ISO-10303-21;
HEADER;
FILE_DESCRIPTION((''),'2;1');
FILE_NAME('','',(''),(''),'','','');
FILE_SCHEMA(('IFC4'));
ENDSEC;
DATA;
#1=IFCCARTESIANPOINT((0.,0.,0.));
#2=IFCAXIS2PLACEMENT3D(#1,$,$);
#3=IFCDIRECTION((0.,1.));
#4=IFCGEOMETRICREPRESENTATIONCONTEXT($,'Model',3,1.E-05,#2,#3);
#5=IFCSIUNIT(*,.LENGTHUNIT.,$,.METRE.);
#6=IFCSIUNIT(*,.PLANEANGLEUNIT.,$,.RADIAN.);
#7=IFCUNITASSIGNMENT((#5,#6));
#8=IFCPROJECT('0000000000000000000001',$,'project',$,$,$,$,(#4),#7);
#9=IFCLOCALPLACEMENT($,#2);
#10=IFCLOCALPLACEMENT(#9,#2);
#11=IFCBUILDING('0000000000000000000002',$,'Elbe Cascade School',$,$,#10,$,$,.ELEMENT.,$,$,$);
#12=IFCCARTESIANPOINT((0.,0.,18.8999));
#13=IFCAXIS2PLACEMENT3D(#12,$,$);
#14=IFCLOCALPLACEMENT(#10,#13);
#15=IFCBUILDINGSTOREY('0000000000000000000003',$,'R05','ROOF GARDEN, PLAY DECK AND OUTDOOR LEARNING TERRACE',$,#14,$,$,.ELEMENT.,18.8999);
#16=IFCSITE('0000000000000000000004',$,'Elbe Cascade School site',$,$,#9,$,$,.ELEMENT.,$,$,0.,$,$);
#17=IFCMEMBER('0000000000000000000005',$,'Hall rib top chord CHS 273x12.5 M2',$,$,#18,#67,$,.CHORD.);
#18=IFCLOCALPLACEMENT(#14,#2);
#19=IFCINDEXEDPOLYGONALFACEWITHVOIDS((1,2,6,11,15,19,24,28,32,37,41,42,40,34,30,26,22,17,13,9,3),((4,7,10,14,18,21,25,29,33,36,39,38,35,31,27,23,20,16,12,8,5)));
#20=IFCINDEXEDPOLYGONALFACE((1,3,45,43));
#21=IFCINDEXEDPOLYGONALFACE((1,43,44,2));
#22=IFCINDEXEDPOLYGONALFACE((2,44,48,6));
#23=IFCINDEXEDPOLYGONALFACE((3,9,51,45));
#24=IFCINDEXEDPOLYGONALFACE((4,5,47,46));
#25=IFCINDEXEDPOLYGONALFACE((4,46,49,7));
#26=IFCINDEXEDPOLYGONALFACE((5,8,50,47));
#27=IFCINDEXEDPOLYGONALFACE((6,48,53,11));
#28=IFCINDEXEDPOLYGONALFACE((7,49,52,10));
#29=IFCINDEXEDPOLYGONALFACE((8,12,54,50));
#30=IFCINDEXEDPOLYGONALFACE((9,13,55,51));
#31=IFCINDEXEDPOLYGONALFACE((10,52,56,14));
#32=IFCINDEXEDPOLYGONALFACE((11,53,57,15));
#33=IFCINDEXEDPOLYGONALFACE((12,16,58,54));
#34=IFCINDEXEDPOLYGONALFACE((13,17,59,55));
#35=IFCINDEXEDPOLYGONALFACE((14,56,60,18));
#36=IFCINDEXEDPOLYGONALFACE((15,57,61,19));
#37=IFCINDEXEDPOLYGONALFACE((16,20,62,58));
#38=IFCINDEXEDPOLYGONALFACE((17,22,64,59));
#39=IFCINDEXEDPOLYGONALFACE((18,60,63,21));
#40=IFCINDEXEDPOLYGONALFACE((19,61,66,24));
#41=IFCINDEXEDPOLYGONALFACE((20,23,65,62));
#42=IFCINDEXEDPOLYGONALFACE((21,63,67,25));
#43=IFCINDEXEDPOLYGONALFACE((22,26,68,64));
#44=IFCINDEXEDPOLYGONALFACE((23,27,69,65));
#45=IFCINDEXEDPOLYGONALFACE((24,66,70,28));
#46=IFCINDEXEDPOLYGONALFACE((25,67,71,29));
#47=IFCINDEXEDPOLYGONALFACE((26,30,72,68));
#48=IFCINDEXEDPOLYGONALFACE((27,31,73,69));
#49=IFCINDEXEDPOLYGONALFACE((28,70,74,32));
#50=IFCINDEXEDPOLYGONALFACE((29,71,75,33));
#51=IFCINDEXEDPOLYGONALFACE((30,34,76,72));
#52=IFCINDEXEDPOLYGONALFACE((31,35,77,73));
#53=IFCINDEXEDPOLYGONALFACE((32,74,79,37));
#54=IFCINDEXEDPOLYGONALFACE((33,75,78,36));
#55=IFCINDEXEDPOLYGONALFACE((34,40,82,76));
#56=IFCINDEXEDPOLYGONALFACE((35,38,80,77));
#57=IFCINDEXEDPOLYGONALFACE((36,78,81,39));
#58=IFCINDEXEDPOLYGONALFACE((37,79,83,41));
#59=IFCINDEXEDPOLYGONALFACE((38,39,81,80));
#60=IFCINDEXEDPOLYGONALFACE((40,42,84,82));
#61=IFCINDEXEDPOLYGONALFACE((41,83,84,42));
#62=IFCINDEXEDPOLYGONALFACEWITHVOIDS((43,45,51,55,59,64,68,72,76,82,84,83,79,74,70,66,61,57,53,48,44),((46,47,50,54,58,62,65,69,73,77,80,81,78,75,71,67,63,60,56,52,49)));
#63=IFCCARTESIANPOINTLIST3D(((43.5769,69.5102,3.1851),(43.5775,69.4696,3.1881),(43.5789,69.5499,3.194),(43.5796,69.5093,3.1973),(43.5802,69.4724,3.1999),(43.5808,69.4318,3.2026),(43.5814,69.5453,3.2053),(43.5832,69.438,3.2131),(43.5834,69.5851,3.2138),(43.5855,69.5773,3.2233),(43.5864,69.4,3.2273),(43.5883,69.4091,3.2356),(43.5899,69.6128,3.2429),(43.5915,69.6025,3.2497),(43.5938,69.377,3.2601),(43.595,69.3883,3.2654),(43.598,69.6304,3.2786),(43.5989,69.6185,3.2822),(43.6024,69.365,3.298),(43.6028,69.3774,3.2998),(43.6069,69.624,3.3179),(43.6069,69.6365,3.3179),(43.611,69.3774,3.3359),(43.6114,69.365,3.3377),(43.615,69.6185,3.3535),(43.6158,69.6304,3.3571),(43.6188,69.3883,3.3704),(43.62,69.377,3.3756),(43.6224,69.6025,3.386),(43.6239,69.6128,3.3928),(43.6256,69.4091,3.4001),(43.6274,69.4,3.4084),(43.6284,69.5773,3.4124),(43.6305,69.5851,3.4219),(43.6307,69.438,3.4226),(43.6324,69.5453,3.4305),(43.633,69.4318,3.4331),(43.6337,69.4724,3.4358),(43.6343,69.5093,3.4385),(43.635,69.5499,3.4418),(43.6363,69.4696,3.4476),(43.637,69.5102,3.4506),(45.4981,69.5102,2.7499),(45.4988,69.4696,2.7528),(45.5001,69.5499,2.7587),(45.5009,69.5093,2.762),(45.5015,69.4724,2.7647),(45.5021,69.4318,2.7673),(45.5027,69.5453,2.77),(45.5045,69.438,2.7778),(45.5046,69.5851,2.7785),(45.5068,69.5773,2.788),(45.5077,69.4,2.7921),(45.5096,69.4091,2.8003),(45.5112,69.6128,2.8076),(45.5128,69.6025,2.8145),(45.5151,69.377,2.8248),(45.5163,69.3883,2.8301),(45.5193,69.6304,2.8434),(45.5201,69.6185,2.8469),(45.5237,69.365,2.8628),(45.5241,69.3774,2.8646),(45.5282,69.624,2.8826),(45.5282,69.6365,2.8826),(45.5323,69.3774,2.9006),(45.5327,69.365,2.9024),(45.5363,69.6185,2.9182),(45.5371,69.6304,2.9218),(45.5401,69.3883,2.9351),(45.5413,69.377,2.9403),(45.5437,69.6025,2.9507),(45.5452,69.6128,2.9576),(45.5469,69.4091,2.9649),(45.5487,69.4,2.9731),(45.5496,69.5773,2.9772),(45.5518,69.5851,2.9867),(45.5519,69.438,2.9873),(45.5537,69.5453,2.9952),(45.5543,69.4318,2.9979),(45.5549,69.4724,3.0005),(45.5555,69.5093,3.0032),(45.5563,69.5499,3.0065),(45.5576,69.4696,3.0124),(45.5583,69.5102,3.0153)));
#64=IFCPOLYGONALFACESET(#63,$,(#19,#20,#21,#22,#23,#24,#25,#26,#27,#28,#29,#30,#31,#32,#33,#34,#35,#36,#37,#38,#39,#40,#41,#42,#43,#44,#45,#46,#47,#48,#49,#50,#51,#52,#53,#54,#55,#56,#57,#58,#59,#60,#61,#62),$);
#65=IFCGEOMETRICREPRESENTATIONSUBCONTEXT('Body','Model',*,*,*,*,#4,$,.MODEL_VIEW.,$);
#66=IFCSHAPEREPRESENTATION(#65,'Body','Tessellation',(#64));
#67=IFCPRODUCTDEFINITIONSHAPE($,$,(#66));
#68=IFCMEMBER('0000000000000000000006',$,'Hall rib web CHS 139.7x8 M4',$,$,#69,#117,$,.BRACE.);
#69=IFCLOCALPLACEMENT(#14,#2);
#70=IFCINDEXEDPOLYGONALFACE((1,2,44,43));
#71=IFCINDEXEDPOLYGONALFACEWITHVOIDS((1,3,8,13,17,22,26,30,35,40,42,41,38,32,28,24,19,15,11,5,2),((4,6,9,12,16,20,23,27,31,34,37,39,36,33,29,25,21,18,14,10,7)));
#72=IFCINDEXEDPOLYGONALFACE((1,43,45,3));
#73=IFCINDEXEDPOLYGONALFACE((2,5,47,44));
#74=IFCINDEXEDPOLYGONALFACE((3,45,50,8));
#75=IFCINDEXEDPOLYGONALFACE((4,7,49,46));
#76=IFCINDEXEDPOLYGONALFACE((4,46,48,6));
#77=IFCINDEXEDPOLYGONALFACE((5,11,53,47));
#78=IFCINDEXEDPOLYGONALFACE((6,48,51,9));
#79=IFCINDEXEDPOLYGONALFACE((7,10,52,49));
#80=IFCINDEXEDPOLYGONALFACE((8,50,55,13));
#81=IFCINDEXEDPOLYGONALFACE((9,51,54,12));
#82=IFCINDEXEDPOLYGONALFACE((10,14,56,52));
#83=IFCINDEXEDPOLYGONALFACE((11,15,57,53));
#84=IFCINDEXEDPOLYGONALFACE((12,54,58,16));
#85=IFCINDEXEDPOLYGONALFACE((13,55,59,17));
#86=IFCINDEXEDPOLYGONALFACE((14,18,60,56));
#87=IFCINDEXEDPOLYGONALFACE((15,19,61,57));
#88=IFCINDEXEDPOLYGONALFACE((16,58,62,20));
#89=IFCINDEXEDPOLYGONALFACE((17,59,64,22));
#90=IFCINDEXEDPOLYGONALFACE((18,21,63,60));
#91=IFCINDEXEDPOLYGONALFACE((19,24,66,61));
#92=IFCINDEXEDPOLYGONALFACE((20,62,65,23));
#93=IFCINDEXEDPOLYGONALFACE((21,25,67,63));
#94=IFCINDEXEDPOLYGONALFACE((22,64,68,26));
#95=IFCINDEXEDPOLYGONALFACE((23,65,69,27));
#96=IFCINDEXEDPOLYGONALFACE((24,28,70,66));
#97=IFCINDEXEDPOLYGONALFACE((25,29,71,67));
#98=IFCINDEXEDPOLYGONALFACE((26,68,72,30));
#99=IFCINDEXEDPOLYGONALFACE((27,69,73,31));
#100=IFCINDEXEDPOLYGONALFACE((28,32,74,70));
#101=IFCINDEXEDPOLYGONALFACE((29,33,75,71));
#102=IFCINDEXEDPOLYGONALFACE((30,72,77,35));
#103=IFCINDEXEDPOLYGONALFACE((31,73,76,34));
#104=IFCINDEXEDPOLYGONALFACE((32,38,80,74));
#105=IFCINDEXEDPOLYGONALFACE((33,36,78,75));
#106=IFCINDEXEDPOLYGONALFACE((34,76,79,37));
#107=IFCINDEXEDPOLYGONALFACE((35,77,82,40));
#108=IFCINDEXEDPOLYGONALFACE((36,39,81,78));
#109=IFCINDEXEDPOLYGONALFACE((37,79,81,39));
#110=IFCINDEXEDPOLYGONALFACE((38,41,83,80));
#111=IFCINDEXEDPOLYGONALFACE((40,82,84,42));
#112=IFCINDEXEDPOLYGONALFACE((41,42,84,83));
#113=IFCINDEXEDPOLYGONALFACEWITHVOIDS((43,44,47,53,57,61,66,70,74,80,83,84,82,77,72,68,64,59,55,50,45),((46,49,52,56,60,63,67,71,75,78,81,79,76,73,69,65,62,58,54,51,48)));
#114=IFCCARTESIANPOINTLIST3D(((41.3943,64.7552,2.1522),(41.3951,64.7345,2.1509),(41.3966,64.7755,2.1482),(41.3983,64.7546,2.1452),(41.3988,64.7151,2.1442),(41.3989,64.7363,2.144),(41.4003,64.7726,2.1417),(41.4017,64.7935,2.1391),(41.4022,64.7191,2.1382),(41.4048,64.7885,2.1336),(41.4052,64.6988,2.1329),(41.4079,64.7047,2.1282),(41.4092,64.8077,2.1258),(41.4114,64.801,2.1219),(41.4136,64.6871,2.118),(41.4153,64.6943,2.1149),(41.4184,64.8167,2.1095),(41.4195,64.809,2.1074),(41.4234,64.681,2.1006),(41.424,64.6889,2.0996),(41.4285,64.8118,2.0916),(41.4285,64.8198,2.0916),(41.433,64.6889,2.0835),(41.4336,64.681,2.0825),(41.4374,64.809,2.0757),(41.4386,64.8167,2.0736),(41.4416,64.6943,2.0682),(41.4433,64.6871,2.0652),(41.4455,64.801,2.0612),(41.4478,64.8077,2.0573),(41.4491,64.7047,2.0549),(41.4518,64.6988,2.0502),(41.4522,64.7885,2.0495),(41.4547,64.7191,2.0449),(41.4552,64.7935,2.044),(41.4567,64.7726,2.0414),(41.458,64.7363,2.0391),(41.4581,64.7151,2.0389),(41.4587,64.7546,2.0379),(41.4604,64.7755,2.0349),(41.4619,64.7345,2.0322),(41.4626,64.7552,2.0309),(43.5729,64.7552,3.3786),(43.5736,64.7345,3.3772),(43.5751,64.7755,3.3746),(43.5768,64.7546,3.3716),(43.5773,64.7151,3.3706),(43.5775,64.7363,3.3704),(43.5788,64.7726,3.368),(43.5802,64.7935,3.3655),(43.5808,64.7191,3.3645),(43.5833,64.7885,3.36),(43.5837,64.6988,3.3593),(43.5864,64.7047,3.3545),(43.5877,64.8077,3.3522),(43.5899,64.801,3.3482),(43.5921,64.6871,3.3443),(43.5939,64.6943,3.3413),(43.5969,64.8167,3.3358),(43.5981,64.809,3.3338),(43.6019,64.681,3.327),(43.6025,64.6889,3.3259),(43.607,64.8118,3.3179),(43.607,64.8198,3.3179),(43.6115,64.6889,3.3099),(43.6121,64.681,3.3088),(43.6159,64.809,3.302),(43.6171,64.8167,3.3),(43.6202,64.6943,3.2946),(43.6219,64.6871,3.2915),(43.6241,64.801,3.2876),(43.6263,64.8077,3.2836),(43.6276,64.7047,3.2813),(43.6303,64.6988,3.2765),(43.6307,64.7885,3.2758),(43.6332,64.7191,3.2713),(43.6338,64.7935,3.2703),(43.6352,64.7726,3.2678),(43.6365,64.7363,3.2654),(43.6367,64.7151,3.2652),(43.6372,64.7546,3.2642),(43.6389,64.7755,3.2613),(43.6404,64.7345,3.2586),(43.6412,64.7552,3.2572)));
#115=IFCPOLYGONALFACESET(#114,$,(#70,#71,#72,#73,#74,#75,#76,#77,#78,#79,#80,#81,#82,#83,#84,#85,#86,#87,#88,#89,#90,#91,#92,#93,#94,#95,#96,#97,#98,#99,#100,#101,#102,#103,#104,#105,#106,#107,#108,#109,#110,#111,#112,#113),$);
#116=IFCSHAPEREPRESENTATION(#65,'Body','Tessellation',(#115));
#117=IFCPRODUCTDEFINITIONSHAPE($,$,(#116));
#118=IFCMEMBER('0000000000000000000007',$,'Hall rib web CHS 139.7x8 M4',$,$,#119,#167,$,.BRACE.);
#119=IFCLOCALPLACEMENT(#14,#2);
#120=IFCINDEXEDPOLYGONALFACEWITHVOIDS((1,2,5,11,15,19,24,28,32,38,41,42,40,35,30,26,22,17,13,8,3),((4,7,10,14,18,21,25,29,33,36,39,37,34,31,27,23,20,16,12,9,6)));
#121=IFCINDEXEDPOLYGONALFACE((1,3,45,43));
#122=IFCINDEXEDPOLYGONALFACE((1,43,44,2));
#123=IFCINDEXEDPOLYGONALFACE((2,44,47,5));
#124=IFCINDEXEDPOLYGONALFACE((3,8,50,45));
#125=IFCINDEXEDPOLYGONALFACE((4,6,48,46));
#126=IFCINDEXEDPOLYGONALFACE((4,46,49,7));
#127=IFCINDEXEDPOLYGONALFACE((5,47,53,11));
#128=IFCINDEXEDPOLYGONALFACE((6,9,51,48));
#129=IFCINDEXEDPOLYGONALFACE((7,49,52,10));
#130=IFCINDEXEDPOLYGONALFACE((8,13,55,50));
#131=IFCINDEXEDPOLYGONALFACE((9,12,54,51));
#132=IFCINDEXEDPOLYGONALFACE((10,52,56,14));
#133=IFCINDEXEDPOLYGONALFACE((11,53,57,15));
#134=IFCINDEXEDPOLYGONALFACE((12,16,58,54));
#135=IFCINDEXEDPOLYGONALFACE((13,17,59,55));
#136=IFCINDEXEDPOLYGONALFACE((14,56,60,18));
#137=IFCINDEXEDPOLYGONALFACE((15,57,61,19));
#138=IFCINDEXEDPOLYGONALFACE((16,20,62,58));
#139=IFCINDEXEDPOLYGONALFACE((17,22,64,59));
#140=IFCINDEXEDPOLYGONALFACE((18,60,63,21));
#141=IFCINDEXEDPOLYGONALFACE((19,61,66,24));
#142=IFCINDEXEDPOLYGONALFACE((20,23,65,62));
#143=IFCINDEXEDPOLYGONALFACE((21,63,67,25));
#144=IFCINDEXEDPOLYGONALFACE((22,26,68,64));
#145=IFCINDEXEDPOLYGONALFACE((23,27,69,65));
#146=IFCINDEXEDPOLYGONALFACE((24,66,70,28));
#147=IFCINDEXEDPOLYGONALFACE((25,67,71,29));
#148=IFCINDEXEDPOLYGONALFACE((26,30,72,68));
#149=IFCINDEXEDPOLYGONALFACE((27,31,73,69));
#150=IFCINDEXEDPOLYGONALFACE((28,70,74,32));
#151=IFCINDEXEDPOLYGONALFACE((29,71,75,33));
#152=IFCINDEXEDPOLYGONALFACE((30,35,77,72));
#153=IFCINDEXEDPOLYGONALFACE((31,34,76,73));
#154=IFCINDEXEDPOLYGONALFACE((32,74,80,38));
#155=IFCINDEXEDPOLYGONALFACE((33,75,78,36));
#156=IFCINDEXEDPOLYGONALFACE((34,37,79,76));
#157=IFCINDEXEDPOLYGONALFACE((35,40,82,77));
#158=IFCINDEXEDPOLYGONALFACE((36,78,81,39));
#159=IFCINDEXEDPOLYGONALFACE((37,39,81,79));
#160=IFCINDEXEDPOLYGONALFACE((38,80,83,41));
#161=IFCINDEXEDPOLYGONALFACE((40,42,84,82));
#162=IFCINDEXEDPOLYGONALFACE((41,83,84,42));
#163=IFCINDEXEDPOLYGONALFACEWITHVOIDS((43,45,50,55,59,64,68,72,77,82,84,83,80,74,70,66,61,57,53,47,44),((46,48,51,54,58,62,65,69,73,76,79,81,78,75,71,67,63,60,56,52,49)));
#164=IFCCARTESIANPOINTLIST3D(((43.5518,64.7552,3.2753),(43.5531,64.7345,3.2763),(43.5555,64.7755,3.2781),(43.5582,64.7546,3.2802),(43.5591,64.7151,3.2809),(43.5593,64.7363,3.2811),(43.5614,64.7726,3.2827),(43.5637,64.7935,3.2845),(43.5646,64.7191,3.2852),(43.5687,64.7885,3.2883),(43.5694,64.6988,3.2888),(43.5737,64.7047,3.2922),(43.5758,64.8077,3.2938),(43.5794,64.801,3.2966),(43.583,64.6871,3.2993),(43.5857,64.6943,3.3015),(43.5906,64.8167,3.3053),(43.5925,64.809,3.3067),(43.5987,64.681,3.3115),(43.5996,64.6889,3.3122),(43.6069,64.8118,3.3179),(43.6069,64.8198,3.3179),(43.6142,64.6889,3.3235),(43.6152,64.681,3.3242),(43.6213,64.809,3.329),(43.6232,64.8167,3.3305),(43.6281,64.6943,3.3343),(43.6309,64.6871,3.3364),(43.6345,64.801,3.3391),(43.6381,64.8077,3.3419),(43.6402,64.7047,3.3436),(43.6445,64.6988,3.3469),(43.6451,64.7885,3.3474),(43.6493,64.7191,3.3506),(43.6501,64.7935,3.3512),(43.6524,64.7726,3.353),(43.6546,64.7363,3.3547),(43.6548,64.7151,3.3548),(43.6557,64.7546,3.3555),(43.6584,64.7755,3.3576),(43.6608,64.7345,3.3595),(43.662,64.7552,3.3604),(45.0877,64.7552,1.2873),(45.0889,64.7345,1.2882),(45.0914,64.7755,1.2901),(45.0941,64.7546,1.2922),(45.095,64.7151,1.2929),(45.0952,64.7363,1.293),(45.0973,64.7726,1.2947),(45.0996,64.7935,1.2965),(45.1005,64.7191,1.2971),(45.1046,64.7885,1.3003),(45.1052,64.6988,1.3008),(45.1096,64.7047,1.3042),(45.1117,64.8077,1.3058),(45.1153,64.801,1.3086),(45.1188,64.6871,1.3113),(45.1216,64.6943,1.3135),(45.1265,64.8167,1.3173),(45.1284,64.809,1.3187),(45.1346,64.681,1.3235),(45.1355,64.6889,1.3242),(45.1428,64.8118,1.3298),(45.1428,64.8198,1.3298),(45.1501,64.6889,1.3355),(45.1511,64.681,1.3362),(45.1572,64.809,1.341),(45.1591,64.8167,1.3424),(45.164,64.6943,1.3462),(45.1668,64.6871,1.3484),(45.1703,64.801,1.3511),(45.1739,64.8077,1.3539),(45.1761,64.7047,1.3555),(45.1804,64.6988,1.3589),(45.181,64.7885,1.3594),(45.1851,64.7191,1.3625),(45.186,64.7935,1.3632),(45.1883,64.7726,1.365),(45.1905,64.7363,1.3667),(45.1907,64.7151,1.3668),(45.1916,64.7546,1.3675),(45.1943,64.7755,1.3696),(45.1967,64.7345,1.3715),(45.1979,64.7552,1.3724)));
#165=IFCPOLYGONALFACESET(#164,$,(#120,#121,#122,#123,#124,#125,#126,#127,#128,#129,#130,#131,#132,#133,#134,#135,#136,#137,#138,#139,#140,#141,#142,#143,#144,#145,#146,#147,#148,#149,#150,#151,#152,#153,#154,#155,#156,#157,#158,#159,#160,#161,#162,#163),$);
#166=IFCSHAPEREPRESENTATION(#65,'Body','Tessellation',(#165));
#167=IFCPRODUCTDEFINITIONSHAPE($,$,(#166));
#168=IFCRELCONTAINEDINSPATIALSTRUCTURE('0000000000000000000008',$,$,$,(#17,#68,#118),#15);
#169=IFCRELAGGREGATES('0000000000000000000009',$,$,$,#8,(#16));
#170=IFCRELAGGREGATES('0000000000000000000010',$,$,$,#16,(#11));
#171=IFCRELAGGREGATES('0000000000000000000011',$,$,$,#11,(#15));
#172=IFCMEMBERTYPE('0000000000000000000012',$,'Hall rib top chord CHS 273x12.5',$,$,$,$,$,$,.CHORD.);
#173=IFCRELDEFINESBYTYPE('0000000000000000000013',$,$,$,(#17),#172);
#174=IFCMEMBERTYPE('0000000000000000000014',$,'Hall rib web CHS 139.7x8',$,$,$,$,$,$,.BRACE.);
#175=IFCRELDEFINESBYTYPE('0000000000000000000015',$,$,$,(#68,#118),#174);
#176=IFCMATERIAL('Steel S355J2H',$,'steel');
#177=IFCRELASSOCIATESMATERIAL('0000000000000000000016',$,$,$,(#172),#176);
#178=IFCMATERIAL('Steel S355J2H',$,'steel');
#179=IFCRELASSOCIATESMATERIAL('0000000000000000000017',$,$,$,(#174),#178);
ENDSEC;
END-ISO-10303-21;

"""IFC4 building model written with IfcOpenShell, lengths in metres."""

from ifc_helpers import new_model, si_unit, direction, frame, origin, origin_2d, place, context, subcontext, project, spatial, hollow_circle, extrude, material, material_profile, profile_set, type_object, element, save


model = new_model("IFC4")

# Units and contexts
model_context = context("Model", 3, precision=1e-05, world=origin(), true_north=direction((0.0, 1.0)))
body_context = subcontext(model_context, "Body", "Model", "MODEL_VIEW")
ifc_project = project(units=[si_unit("LENGTHUNIT", "METRE"), si_unit("PLANEANGLEUNIT", "RADIAN")], contexts=[model_context])

# Site, building, storey
site_placement = place(None, origin())
site = spatial("IfcSite", under=ifc_project, at=site_placement, Name="Elbe Cascade School site", CompositionType="ELEMENT", RefElevation=0.0)
building_placement = place(site_placement, origin())
building = spatial("IfcBuilding", under=site, at=building_placement, Name="Elbe Cascade School", CompositionType="ELEMENT")
storey_placement = place(building_placement, frame((0.0, 0.0, 18.8999)))
storey = spatial("IfcBuildingStorey", under=building, at=storey_placement, Name="R05", Description="ROOF GARDEN, PLAY DECK AND OUTDOOR LEARNING TERRACE", CompositionType="ELEMENT", Elevation=18.8999)

# Members
ifc_material_1 = material(Name="Steel S355J2H", Category="steel")
ifc_material_profile_1 = material_profile(ifc_material_1, hollow_circle(Radius=0.1365, WallThickness=0.0125, at=origin_2d()), Name="CHS 273x12.5")
ifc_profile_set_1 = profile_set([ifc_material_profile_1], Name="Steel S355J2H")
member_type_1 = type_object("IfcMemberType", Name="Hall rib top chord CHS 273x12.5", PredefinedType="CHORD", material=ifc_profile_set_1)
member_1_placement = place(storey_placement, frame((43.6069, 69.5, 3.3179), z_axis=(0.975284, 0.0, -0.220957), x_axis=(0.0, 1.0, 0.0)))
element("IfcMember", 1, at=member_1_placement, inside=storey, type_object=member_type_1, Name="Hall rib top chord CHS 273x12.5 M2", PredefinedType="CHORD", context=body_context, shape_type="SweptSolid", body=[
    extrude(hollow_circle(Radius=0.1365, WallThickness=0.0125, at=origin_2d()), origin(), (0.0, 0.0, 1.0), 1.97),
])
ifc_material_2 = material(Name="Steel S355J2H", Category="steel")
ifc_material_profile_2 = material_profile(ifc_material_2, hollow_circle(Radius=0.0698, WallThickness=0.0081, at=origin_2d()), Name="CHS 139.7x8")
ifc_profile_set_2 = profile_set([ifc_material_profile_2], Name="Steel S355J2H")
member_type_2 = type_object("IfcMemberType", Name="Hall rib web CHS 139.7x8", PredefinedType="BRACE", material=ifc_profile_set_2)
member_2_placement = place(storey_placement, frame((41.4285, 64.75, 2.0916), z_axis=(0.871416, 0.0, 0.490544), x_axis=(0.0, 1.0, 0.0)))
element("IfcMember", 2, at=member_2_placement, inside=storey, type_object=member_type_2, Name="Hall rib web CHS 139.7x8 M4", PredefinedType="BRACE", context=body_context, shape_type="SweptSolid", body=[
    extrude(hollow_circle(Radius=0.0698, WallThickness=0.0081, at=origin_2d()), origin(), (0.0, 0.0, 1.0), 2.5),
])
member_3_placement = place(storey_placement, frame((43.6069, 64.75, 3.3179), z_axis=(0.611367, 0.0, -0.791347), x_axis=(0.0, 1.0, 0.0)))
element("IfcMember", 3, at=member_3_placement, inside=storey, type_object=member_type_2, Name="Hall rib web CHS 139.7x8 M4", PredefinedType="BRACE", context=body_context, shape_type="SweptSolid", body=[
    extrude(hollow_circle(Radius=0.0698, WallThickness=0.0081, at=origin_2d()), origin(), (0.0, 0.0, 1.0), 2.5122),
])

save(model, "model.ifc")
